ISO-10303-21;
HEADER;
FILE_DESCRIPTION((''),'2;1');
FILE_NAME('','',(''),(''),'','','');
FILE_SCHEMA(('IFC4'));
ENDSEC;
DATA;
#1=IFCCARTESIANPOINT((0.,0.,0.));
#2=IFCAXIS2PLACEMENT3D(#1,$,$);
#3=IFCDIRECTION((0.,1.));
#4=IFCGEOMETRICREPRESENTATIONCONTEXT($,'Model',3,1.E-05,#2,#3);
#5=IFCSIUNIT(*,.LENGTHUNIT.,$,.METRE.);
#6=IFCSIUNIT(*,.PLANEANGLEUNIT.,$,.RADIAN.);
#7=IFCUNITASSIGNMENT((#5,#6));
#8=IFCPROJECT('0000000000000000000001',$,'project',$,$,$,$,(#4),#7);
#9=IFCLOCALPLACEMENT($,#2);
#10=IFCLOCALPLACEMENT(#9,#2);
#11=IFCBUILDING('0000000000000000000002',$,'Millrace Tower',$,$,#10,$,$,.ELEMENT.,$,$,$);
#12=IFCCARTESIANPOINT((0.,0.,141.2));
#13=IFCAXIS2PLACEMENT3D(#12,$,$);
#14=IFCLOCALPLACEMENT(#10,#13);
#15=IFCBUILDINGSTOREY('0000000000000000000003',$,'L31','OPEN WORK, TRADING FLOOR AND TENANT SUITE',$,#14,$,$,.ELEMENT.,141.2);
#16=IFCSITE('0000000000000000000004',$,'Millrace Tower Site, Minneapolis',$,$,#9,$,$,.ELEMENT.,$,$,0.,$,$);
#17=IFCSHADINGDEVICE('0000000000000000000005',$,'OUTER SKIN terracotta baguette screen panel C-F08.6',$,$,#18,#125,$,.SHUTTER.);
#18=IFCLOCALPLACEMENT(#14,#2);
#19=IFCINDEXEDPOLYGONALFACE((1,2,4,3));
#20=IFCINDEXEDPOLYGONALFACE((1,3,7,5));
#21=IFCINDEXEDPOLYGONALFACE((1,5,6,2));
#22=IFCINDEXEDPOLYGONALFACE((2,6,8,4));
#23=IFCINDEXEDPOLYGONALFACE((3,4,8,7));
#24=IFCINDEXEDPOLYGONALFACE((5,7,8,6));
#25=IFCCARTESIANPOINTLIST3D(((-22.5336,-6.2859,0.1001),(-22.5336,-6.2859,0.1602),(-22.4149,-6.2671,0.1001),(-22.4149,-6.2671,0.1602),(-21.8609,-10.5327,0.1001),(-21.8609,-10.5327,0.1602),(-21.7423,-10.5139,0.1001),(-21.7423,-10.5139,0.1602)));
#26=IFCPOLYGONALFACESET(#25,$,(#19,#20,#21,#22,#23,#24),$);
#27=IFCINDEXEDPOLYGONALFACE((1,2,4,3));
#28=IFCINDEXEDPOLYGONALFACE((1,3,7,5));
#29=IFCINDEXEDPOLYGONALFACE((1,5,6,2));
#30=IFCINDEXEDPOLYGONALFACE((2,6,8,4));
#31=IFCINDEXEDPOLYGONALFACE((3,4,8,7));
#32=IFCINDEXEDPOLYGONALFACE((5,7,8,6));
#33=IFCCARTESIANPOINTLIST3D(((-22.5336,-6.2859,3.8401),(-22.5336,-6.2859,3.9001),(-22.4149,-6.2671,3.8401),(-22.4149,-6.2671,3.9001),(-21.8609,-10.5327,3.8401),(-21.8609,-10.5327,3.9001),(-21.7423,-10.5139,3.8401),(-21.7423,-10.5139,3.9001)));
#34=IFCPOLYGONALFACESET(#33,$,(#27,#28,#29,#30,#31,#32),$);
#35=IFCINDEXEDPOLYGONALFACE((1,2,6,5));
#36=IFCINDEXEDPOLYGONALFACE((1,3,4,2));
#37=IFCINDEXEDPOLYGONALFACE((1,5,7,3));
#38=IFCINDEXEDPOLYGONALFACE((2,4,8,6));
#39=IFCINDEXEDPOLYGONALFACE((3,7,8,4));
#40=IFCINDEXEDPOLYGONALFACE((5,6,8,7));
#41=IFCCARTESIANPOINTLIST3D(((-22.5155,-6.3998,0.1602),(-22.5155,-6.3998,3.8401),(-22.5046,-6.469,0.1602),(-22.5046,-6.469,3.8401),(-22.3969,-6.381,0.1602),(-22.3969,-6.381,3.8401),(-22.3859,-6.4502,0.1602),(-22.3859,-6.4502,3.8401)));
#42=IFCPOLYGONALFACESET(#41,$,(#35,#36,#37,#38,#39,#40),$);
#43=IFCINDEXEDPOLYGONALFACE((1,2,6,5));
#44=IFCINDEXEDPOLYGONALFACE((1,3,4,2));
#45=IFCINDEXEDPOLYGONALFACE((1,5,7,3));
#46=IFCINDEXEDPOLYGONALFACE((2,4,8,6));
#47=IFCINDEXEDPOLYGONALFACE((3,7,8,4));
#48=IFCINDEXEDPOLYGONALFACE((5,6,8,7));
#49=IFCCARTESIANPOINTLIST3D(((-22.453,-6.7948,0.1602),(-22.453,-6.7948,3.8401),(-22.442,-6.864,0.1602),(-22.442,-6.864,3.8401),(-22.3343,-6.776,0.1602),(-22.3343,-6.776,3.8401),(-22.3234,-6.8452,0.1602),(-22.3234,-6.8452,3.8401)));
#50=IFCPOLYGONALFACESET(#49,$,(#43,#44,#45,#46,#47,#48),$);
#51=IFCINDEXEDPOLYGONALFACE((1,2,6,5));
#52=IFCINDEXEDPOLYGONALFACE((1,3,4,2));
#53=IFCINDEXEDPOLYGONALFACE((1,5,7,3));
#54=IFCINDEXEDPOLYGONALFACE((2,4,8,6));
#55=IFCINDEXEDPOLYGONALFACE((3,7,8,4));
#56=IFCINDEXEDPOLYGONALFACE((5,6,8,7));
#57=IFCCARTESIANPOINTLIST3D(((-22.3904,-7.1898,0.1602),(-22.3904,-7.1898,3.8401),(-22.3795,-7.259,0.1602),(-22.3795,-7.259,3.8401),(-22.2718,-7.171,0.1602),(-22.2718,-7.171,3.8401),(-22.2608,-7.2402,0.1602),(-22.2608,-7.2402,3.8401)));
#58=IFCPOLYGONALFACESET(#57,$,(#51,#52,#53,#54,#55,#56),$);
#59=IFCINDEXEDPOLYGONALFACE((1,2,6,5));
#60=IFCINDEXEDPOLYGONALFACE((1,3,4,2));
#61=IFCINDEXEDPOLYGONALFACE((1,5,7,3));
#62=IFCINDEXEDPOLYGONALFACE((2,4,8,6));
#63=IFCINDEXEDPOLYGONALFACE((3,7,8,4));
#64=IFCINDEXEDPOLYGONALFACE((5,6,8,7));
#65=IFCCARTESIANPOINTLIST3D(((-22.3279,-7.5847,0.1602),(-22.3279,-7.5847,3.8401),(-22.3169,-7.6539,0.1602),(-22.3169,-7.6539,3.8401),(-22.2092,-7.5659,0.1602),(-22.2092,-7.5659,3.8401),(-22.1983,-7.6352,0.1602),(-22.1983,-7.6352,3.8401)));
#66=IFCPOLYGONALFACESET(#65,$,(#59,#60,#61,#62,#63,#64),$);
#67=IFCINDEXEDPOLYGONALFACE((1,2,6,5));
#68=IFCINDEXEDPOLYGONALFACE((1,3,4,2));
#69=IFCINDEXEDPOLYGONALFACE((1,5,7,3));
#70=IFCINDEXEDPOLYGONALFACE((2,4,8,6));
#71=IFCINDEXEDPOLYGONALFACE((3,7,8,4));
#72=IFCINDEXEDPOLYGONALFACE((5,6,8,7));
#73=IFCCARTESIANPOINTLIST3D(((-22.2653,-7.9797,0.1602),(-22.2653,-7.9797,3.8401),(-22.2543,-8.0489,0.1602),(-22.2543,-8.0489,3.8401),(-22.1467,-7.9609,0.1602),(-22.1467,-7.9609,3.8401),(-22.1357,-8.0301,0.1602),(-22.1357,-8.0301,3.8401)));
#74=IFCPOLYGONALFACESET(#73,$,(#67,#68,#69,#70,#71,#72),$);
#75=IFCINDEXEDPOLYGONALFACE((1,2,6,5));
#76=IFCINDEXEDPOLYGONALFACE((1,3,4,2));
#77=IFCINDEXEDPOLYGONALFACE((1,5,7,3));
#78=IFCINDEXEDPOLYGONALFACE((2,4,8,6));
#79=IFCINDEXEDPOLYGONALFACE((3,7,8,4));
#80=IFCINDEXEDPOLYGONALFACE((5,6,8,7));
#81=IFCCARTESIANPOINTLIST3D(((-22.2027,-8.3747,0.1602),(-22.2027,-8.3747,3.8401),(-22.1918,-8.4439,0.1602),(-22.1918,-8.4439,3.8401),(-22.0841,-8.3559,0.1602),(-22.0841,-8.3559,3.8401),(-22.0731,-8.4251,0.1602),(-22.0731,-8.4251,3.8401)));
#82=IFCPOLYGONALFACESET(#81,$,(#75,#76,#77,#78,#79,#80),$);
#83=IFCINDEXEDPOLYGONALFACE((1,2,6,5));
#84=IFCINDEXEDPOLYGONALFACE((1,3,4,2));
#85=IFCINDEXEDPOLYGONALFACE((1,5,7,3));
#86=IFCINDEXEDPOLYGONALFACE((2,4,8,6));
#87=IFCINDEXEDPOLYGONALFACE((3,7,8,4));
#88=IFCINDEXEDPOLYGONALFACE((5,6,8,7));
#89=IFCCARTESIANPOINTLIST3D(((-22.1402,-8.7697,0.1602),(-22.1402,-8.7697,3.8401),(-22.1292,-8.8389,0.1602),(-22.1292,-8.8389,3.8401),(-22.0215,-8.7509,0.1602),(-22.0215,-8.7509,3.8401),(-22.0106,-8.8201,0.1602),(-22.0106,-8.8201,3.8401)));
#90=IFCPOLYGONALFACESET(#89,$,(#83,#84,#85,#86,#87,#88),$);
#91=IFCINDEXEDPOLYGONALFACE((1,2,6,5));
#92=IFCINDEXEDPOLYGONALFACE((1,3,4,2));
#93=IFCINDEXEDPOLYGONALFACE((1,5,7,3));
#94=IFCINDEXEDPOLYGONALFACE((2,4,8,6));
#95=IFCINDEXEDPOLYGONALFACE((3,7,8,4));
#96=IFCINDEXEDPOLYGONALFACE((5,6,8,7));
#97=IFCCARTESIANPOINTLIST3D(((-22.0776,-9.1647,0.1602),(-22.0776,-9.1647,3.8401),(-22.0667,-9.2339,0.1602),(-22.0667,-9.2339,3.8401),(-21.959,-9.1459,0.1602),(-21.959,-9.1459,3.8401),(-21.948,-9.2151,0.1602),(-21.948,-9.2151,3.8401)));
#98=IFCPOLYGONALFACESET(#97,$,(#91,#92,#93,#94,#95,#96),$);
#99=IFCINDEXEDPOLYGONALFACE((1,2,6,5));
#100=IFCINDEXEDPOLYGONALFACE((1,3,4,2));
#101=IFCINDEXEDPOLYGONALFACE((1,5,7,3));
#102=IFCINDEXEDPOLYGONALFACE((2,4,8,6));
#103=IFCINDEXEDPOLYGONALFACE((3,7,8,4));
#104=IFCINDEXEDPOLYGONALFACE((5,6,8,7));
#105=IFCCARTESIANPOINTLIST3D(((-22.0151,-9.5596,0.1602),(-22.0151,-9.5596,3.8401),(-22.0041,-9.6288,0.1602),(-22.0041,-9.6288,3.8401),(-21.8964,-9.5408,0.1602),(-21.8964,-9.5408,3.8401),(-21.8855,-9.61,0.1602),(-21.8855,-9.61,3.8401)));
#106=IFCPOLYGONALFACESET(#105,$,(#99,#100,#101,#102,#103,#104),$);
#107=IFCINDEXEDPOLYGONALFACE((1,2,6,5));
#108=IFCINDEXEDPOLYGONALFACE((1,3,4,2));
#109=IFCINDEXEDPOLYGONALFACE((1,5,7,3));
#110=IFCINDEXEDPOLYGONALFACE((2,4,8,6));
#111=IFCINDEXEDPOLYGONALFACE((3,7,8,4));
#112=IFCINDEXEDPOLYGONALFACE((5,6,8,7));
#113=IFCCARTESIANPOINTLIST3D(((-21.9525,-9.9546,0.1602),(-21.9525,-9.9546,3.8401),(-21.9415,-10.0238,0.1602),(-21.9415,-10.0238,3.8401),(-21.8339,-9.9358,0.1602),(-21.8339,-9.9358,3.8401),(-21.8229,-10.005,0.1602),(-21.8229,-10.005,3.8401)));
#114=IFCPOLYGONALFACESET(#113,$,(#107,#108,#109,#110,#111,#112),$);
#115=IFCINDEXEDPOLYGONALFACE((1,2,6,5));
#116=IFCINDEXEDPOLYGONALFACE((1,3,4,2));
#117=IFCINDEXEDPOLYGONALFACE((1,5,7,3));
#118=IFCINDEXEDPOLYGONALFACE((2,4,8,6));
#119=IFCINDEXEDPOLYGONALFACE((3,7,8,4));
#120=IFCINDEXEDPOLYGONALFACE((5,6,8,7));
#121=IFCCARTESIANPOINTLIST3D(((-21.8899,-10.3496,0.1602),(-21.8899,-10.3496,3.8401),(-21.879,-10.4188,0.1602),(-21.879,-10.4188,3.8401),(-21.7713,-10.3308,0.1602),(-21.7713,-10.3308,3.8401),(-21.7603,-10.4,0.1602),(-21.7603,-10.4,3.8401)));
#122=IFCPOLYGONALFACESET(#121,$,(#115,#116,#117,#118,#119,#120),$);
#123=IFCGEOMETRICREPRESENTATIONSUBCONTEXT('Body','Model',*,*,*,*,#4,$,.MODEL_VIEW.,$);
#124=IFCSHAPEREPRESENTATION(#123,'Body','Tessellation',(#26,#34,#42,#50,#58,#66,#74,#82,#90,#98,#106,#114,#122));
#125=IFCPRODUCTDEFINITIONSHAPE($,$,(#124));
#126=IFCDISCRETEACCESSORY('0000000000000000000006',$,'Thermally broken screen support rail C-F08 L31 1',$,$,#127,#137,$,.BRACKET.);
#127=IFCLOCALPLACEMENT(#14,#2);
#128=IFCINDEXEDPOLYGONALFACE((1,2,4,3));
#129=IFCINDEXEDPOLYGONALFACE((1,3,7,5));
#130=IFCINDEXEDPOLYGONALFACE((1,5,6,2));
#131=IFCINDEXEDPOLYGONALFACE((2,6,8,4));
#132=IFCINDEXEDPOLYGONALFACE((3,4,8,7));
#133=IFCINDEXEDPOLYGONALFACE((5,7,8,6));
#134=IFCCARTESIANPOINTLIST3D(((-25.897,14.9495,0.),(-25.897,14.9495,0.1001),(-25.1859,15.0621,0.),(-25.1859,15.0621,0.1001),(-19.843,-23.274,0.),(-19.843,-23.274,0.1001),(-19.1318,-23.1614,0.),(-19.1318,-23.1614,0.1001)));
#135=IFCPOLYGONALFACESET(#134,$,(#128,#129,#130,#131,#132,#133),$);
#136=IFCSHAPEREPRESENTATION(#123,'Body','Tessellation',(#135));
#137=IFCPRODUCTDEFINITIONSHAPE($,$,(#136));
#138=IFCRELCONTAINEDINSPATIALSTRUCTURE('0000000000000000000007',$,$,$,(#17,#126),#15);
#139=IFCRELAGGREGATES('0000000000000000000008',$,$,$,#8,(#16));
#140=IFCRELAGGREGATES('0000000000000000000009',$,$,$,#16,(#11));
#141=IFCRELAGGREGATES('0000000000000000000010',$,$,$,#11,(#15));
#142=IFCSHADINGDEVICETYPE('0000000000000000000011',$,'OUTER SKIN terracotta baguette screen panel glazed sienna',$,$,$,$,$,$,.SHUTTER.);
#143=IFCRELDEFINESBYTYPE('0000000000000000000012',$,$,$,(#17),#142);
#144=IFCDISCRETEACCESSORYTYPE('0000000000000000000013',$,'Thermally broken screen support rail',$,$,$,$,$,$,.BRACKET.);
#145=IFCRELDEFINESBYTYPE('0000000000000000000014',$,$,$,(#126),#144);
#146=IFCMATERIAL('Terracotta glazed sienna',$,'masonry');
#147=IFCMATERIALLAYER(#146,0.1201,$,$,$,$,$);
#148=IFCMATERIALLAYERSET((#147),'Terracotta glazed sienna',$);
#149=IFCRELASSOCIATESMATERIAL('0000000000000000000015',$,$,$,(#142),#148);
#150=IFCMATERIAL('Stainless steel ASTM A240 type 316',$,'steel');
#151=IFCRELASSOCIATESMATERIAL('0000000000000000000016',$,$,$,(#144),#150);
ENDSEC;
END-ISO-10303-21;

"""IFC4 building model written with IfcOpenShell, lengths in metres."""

from ifc_helpers import new_model, entity, si_unit, direction, frame, frame_2d, origin, origin_2d, place, context, subcontext, project, spatial, rectangle, extrude, source, transform, mapped, material, layer, layer_set, type_object, element, save


model = new_model("IFC4")

# Units and contexts
model_context = context("Model", 3, precision=1e-05, world=origin(), true_north=direction((0.0, 1.0)))
body_context = subcontext(model_context, "Body", "Model", "MODEL_VIEW")
ifc_project = project(units=[si_unit("LENGTHUNIT", "METRE"), si_unit("PLANEANGLEUNIT", "RADIAN")], contexts=[model_context])

# Site, building, storey
site_placement = place(None, origin())
site = spatial("IfcSite", under=ifc_project, at=site_placement, Name="Millrace Tower Site, Minneapolis", CompositionType="ELEMENT", RefElevation=0.0)
building_placement = place(site_placement, origin())
building = spatial("IfcBuilding", under=site, at=building_placement, Name="Millrace Tower", CompositionType="ELEMENT")
storey_placement = place(building_placement, frame((0.0, 0.0, 141.2)))
storey = spatial("IfcBuildingStorey", under=building, at=storey_placement, Name="L31", Description="OPEN WORK, TRADING FLOOR AND TENANT SUITE", CompositionType="ELEMENT", Elevation=141.2)

# Shading device
ifc_material_1 = material(Name="Terracotta glazed sienna", Category="masonry")
ifc_layer_1 = layer(ifc_material_1, 0.1201)
ifc_layer_set_1 = layer_set([ifc_layer_1], Name="Terracotta glazed sienna")
shading_device_type = type_object("IfcShadingDeviceType", Name="OUTER SKIN terracotta baguette screen panel glazed sienna", PredefinedType="SHUTTER", material=ifc_layer_set_1)
cartesian_point = entity("IfcCartesianPoint", [-2.1499, 0.0601])
shared_polyline = entity("IfcPolyline", [cartesian_point, entity("IfcCartesianPoint", [2.1499, 0.0601]), entity("IfcCartesianPoint", [2.1499, -0.0601]), entity("IfcCartesianPoint", [-2.1499, -0.0601]), cartesian_point])
shared_shape = source(origin(), body_context, "Body", "SweptSolid", [
    entity("IfcExtrudedAreaSolid", entity("IfcArbitraryClosedProfileDef", "AREA", None, shared_polyline), entity("IfcAxis2Placement3D", entity("IfcCartesianPoint", [0.0, 0.0, 0.0])), entity("IfcDirection", [0.0, 0.0, 1.0]), 0.0601),
    entity("IfcExtrudedAreaSolid", entity("IfcArbitraryClosedProfileDef", "AREA", None, shared_polyline), entity("IfcAxis2Placement3D", entity("IfcCartesianPoint", [0.0, 0.0, 3.74])), entity("IfcDirection", [0.0, 0.0, 1.0]), 0.0601),
    extrude(rectangle(XDim=0.0701, YDim=0.1201, at=frame_2d((-1.9995, 0.0))), frame((0.0, 0.0, 0.0601)), (0.0, 0.0, 1.0), 3.6799),
    extrude(rectangle(XDim=0.0701, YDim=0.1201, at=frame_2d((-1.5996, 0.0))), frame((0.0, 0.0, 0.0601)), (0.0, 0.0, 1.0), 3.6799),
    extrude(rectangle(XDim=0.0701, YDim=0.1201, at=frame_2d((-1.1997, 0.0))), frame((0.0, 0.0, 0.0601)), (0.0, 0.0, 1.0), 3.6799),
    extrude(rectangle(XDim=0.0701, YDim=0.1201, at=frame_2d((-0.7998, 0.0))), frame((0.0, 0.0, 0.0601)), (0.0, 0.0, 1.0), 3.6799),
    extrude(rectangle(XDim=0.0701, YDim=0.1201, at=frame_2d((-0.3999, 0.0))), frame((0.0, 0.0, 0.0601)), (0.0, 0.0, 1.0), 3.6799),
    extrude(rectangle(XDim=0.0701, YDim=0.1201, at=origin_2d()), frame((0.0, 0.0, 0.0601)), (0.0, 0.0, 1.0), 3.6799),
    extrude(rectangle(XDim=0.0701, YDim=0.1201, at=frame_2d((0.3999, 0.0))), frame((0.0, 0.0, 0.0601)), (0.0, 0.0, 1.0), 3.6799),
    extrude(rectangle(XDim=0.0701, YDim=0.1201, at=frame_2d((0.7998, 0.0))), frame((0.0, 0.0, 0.0601)), (0.0, 0.0, 1.0), 3.6799),
    extrude(rectangle(XDim=0.0701, YDim=0.1201, at=frame_2d((1.1997, 0.0))), frame((0.0, 0.0, 0.0601)), (0.0, 0.0, 1.0), 3.6799),
    extrude(rectangle(XDim=0.0701, YDim=0.1201, at=frame_2d((1.5996, 0.0))), frame((0.0, 0.0, 0.0601)), (0.0, 0.0, 1.0), 3.6799),
    extrude(rectangle(XDim=0.0701, YDim=0.1201, at=frame_2d((1.9995, 0.0))), frame((0.0, 0.0, 0.0601)), (0.0, 0.0, 1.0), 3.6799),
])
for number, where, z_axis, x_axis, name in (
    (1, (-22.1379, -8.3999, 0.1001), (0.0, 0.0, 1.0), (0.156434, -0.987688, 0.0), "OUTER SKIN terracotta baguette screen panel C-F08.6"),
):
    element("IfcShadingDevice", number, at=place(storey_placement, frame(where, z_axis=z_axis, x_axis=x_axis)), inside=storey, type_object=shading_device_type, Name=name, PredefinedType="SHUTTER", context=body_context, shape_type="MappedRepresentation", body=[
        mapped(shared_shape, transform((0.0, 0.0, 0.0), scale=1.0)),
    ])

# Discrete accessory
ifc_material_2 = material(Name="Stainless steel ASTM A240 type 316", Category="steel")
discrete_accessory_type = type_object("IfcDiscreteAccessoryType", Name="Thermally broken screen support rail", PredefinedType="BRACKET", material=ifc_material_2)
discrete_accessory_placement = place(storey_placement, frame((-22.5144, -4.106, 0.0), z_axis=(0.0, 0.0, 1.0), x_axis=(0.156434, -0.987688, 0.0)))
element("IfcDiscreteAccessory", 2, at=discrete_accessory_placement, inside=storey, type_object=discrete_accessory_type, Name="Thermally broken screen support rail C-F08 L31 1", PredefinedType="BRACKET", context=body_context, shape_type="SweptSolid", body=[
    extrude(rectangle(XDim=38.7, YDim=0.72, at=origin_2d()), origin(), (0.0, 0.0, 1.0), 0.1001),
])

save(model, "model.ifc")
